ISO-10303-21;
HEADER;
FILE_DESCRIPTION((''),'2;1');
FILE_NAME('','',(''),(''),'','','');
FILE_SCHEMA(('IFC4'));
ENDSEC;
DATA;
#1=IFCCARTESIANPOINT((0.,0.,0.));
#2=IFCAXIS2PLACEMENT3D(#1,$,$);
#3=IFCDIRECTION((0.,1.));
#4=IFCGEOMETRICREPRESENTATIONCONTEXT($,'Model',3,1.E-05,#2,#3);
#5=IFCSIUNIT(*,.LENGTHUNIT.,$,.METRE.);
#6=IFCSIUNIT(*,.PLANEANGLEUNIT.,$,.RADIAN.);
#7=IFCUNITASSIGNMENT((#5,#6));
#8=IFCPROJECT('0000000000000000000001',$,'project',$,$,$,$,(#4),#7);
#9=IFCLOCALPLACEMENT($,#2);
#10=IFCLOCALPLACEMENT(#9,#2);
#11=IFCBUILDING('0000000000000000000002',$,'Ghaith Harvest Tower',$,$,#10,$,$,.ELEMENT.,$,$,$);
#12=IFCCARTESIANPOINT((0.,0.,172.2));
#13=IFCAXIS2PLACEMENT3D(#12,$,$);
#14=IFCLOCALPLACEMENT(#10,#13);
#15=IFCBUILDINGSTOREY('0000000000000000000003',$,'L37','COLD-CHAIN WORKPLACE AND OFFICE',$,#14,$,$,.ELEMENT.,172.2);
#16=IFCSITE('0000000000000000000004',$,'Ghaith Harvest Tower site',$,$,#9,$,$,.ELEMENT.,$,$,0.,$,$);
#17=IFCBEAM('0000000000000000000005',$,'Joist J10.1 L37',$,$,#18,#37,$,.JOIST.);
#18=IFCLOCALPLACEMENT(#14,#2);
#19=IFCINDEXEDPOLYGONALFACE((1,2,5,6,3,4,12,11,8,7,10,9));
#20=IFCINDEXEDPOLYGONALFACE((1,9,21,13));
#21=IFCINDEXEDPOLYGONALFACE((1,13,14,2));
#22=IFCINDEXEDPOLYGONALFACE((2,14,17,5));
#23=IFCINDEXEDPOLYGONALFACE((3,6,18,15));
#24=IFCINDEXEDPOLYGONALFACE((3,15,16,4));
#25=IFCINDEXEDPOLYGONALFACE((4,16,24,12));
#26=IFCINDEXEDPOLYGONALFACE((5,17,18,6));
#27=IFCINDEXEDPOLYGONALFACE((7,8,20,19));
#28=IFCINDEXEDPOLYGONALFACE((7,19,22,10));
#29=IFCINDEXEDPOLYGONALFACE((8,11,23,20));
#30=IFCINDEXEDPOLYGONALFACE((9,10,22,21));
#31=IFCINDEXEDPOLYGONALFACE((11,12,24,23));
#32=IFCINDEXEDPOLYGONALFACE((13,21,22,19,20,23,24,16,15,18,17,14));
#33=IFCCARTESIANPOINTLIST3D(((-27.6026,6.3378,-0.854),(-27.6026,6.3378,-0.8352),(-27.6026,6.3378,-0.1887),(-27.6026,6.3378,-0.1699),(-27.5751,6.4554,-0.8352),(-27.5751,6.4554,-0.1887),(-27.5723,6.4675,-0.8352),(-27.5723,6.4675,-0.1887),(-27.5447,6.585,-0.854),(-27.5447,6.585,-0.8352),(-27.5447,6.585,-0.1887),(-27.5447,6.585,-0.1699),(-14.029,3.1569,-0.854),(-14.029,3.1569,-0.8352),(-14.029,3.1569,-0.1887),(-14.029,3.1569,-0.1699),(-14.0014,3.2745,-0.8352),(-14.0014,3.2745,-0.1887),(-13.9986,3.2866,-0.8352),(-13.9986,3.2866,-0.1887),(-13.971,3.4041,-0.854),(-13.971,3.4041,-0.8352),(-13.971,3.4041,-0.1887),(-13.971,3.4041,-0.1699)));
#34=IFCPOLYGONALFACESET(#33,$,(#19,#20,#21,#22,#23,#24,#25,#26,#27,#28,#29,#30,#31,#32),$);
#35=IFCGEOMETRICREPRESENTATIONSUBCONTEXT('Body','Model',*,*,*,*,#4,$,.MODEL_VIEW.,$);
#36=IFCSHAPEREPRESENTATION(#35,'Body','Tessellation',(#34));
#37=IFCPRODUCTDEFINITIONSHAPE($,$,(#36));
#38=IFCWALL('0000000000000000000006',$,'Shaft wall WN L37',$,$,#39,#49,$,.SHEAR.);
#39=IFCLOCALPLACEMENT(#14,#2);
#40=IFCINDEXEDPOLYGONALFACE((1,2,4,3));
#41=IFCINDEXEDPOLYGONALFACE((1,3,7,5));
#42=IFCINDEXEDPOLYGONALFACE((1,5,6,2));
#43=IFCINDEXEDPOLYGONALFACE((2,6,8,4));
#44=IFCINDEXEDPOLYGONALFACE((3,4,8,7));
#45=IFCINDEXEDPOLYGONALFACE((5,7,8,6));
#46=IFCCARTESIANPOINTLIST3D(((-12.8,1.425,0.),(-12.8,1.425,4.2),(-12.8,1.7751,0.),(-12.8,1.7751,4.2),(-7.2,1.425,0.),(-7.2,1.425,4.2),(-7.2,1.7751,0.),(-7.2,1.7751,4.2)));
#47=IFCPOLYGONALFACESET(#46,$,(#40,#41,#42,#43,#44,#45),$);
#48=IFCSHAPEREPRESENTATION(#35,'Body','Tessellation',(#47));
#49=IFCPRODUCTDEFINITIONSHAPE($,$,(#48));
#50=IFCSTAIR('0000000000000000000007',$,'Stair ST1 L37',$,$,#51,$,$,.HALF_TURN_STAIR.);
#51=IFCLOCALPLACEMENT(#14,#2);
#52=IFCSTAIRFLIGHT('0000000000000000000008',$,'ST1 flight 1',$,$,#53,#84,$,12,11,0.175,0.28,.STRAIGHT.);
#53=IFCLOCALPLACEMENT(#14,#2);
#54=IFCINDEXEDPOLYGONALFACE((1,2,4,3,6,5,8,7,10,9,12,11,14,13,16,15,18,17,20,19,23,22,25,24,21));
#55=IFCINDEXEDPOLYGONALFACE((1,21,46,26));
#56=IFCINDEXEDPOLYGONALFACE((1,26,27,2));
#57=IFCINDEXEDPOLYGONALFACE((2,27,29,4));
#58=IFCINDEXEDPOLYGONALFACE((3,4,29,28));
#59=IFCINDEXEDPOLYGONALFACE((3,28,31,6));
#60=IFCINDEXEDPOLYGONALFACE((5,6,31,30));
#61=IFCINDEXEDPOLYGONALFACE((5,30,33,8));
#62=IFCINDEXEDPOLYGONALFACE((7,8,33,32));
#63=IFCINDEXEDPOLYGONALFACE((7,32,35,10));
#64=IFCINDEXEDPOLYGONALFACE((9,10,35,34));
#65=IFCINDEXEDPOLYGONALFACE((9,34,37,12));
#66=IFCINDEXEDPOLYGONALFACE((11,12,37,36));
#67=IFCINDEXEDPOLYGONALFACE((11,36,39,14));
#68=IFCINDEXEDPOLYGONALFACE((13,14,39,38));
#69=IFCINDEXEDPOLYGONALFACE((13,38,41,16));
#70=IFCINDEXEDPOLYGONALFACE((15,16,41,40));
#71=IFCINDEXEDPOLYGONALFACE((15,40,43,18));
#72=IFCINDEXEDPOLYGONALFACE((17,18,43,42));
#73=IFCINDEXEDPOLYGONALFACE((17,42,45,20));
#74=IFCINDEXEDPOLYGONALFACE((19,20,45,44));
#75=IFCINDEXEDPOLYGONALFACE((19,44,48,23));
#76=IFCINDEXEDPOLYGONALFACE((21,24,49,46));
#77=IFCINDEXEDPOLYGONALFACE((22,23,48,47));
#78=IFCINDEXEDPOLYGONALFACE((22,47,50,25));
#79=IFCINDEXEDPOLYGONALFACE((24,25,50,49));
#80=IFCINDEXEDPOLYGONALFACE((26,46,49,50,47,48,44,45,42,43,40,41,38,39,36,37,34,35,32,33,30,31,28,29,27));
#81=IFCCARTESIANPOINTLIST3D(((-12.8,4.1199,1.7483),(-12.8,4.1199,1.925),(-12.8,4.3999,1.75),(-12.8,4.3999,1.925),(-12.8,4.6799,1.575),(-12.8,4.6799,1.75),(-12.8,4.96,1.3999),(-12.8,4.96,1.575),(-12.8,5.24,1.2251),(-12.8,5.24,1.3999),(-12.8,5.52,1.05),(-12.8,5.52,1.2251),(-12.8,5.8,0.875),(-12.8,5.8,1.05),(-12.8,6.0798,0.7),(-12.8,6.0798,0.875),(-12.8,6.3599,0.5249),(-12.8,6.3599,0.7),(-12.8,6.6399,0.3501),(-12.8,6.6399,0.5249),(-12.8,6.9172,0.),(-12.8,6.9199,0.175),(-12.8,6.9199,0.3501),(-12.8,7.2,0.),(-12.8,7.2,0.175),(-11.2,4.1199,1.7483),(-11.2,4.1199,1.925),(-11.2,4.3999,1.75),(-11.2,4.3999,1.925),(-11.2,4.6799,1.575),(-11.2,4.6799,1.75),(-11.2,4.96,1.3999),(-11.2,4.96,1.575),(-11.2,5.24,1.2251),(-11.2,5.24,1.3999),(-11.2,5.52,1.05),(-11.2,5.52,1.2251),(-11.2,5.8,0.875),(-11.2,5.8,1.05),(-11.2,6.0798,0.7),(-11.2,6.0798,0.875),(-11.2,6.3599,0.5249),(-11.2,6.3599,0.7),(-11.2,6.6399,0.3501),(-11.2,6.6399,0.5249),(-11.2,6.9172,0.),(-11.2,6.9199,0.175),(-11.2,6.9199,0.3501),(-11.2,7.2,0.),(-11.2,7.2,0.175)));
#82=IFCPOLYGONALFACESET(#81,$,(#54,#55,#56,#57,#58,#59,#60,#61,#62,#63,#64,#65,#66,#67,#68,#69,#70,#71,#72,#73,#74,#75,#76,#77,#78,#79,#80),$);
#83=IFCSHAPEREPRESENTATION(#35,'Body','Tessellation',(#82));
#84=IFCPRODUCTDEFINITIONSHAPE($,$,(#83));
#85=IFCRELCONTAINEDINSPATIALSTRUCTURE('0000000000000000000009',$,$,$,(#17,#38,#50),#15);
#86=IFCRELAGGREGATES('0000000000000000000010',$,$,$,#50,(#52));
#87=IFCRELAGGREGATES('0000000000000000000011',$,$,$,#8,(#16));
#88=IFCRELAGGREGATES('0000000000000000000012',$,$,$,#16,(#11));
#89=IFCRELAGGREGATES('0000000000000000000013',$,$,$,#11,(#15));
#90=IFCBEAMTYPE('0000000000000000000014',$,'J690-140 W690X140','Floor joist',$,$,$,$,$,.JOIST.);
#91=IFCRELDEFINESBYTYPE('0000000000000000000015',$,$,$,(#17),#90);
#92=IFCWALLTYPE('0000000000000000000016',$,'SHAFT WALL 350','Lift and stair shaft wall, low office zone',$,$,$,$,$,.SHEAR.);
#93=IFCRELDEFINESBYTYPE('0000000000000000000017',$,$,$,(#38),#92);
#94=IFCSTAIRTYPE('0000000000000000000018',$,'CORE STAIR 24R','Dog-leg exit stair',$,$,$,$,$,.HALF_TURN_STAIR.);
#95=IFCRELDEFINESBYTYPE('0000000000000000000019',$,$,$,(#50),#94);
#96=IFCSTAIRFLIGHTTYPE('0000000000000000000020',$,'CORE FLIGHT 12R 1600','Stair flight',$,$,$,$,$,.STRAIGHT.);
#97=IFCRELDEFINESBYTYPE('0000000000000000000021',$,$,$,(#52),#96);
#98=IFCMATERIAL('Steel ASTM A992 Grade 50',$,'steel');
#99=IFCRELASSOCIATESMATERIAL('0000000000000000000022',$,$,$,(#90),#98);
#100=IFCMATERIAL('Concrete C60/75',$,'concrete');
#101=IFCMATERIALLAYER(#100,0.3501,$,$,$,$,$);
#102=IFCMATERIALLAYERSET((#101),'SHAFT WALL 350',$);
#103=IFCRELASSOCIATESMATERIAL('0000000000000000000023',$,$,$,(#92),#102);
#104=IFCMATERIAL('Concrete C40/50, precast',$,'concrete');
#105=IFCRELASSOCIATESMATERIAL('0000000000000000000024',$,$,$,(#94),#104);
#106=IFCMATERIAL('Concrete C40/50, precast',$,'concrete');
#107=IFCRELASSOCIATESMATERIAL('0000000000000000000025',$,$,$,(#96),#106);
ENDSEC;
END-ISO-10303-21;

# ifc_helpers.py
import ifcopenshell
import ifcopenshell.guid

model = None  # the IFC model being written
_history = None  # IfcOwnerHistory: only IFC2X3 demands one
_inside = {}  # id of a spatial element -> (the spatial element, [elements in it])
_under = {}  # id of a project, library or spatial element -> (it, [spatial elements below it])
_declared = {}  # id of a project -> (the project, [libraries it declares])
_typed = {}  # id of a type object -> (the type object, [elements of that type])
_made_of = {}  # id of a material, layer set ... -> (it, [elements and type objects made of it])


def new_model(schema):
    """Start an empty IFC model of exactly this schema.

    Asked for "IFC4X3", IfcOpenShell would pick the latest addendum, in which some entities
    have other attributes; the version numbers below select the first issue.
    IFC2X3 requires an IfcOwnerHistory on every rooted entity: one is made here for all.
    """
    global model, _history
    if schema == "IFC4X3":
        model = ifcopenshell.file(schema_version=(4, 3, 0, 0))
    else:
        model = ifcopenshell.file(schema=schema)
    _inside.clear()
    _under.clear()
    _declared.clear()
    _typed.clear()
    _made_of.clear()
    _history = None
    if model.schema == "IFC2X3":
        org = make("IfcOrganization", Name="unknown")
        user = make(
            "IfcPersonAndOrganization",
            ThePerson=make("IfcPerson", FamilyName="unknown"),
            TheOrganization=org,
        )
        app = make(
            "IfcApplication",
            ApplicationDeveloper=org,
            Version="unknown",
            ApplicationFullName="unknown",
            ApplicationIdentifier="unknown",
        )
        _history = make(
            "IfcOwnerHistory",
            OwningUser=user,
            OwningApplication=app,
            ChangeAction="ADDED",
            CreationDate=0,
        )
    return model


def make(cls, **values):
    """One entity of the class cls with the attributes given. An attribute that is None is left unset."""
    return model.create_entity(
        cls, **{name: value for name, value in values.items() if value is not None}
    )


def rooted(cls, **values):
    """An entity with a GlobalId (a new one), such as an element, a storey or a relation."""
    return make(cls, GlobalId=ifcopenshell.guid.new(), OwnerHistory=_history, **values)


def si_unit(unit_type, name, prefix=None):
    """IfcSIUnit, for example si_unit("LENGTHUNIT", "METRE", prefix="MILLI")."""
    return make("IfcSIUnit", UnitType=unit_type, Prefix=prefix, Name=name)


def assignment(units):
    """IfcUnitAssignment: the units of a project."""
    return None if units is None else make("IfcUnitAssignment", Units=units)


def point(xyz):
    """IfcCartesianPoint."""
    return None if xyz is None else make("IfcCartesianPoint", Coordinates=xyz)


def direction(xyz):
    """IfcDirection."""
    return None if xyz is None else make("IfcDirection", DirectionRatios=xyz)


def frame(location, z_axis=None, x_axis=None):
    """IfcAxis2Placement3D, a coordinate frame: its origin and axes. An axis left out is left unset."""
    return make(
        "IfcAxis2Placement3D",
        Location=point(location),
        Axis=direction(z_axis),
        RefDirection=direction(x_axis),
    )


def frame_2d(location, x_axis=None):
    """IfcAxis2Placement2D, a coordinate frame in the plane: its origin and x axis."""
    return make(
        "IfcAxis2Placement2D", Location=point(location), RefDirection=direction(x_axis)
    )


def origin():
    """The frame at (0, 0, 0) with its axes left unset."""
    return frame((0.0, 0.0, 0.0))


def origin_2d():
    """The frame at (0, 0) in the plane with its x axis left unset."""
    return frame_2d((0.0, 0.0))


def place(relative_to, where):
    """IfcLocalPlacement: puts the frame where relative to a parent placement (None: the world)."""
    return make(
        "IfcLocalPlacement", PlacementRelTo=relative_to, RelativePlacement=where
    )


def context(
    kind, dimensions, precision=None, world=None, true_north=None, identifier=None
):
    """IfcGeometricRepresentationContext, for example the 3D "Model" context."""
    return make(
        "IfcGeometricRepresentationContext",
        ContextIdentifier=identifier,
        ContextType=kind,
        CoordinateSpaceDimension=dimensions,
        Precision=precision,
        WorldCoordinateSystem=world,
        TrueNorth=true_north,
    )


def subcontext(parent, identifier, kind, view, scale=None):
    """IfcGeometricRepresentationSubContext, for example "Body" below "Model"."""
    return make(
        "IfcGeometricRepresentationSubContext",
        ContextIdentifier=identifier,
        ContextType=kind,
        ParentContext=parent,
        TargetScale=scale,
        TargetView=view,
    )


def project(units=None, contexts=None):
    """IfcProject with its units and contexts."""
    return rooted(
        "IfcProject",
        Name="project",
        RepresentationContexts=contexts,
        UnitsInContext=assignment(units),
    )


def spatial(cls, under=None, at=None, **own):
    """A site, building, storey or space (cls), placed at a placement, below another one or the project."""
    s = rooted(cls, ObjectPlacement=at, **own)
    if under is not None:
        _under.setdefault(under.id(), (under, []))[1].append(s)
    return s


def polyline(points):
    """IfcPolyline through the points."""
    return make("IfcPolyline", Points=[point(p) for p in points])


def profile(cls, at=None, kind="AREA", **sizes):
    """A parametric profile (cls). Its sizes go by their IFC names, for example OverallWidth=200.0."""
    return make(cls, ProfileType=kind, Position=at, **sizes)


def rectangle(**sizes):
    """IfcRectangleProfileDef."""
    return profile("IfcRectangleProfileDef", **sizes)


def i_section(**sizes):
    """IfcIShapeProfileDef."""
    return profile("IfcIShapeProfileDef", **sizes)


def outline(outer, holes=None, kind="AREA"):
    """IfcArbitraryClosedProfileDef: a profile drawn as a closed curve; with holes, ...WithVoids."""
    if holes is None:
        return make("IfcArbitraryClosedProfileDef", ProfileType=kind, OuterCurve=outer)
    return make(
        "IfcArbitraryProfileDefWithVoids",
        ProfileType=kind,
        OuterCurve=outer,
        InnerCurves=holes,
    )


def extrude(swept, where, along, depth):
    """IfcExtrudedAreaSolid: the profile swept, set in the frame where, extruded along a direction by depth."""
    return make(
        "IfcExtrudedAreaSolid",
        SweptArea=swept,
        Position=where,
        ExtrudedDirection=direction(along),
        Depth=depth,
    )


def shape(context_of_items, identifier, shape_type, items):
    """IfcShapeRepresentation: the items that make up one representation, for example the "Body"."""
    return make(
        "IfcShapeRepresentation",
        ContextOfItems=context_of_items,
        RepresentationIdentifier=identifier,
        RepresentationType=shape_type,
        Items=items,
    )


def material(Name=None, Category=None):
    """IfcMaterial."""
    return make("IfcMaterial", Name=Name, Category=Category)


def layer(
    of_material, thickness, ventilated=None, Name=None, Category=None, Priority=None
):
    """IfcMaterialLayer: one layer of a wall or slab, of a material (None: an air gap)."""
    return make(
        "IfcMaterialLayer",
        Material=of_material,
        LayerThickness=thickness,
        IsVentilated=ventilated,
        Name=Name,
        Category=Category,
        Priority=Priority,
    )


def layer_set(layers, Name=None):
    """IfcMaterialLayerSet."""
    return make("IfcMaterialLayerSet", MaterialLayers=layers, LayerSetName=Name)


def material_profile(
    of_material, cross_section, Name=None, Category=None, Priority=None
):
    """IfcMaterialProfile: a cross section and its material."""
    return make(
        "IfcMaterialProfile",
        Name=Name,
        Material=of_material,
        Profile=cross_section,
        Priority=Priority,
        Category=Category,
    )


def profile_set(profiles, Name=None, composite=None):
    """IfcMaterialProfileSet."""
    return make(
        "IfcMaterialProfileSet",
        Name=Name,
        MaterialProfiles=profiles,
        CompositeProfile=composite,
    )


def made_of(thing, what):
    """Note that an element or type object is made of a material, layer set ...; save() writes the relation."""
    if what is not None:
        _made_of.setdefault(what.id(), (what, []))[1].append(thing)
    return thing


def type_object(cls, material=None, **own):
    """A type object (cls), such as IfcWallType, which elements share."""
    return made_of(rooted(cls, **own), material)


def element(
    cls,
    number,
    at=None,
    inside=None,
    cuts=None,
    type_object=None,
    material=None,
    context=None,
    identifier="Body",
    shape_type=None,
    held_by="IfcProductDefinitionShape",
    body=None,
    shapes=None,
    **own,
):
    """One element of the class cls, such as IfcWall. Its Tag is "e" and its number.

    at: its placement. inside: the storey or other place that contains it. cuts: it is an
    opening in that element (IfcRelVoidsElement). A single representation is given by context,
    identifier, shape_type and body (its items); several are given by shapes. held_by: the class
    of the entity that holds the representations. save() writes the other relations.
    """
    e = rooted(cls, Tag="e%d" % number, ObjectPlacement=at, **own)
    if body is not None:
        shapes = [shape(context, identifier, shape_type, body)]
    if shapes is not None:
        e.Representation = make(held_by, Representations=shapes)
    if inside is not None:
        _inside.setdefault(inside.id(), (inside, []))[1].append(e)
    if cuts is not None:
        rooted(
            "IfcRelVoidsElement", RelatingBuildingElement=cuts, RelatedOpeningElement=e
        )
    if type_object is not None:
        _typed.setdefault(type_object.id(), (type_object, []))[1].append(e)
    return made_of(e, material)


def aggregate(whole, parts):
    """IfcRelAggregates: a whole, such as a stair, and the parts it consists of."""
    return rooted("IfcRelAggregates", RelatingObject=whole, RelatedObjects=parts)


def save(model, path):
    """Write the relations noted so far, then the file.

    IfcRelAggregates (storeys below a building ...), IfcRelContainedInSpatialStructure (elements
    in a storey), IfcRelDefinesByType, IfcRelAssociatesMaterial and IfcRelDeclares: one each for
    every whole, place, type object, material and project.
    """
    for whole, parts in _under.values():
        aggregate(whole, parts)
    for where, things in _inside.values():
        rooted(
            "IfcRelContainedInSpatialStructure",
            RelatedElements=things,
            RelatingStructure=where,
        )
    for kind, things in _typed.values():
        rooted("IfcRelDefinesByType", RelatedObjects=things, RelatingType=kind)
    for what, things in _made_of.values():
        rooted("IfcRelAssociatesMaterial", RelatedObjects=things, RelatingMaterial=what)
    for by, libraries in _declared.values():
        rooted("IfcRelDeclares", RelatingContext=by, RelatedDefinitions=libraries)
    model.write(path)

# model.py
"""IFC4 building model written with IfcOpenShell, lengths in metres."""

from ifc_helpers import new_model, si_unit, direction, frame, frame_2d, origin, origin_2d, place, context, subcontext, project, spatial, polyline, rectangle, i_section, outline, extrude, material, layer, layer_set, material_profile, profile_set, type_object, element, aggregate, save


model = new_model("IFC4")

# Units and contexts
model_context = context("Model", 3, precision=1e-05, world=origin(), true_north=direction((0.0, 1.0)))
body_context = subcontext(model_context, "Body", "Model", "MODEL_VIEW")
ifc_project = project(units=[si_unit("LENGTHUNIT", "METRE"), si_unit("PLANEANGLEUNIT", "RADIAN")], contexts=[model_context])

# Site, building, storey
site_placement = place(None, origin())
site = spatial("IfcSite", under=ifc_project, at=site_placement, Name="Ghaith Harvest Tower site", CompositionType="ELEMENT", RefElevation=0.0)
building_placement = place(site_placement, origin())
building = spatial("IfcBuilding", under=site, at=building_placement, Name="Ghaith Harvest Tower", CompositionType="ELEMENT")
storey_placement = place(building_placement, frame((0.0, 0.0, 172.2)))
storey = spatial("IfcBuildingStorey", under=building, at=storey_placement, Name="L37", Description="COLD-CHAIN WORKPLACE AND OFFICE", CompositionType="ELEMENT", Elevation=172.2)

# Beam
ifc_material_1 = material(Name="Steel ASTM A992 Grade 50", Category="steel")
ifc_material_profile_1 = material_profile(ifc_material_1, i_section(OverallWidth=0.2539, OverallDepth=0.6841, WebThickness=0.0125, FlangeThickness=0.0188, at=origin_2d()), Name="W690X140")
ifc_profile_set_1 = profile_set([ifc_material_profile_1], Name="Steel ASTM A992 Grade 50")
beam_type_1 = type_object("IfcBeamType", Name="J690-140 W690X140", Description="Floor joist", PredefinedType="JOIST", material=ifc_profile_set_1)
beam_1_placement = place(storey_placement, frame((-14.0, 3.2805, -0.512), z_axis=(-0.973623, 0.228162, 0.0), x_axis=(-0.228162, -0.973623, 0.0)))
element("IfcBeam", 1, at=beam_1_placement, inside=storey, type_object=beam_type_1, Name="Joist J10.1 L37", PredefinedType="JOIST", context=body_context, shape_type="SweptSolid", body=[
    extrude(i_section(OverallWidth=0.2539, OverallDepth=0.6841, WebThickness=0.0125, FlangeThickness=0.0188, at=origin_2d()), origin(), (0.0, 0.0, 1.0), 13.9414),
])

# Wall
ifc_material_2 = material(Name="Concrete C60/75", Category="concrete")
ifc_layer_1 = layer(ifc_material_2, 0.3501)
ifc_layer_set_1 = layer_set([ifc_layer_1], Name="SHAFT WALL 350")
wall_type_1 = type_object("IfcWallType", Name="SHAFT WALL 350", Description="Lift and stair shaft wall, low office zone", PredefinedType="SHEAR", material=ifc_layer_set_1)
wall_1_placement = place(storey_placement, frame((-12.8, 1.6001, 0.0), z_axis=(0.0, 0.0, 1.0), x_axis=(1.0, 0.0, 0.0)))
element("IfcWall", 2, at=wall_1_placement, inside=storey, type_object=wall_type_1, Name="Shaft wall WN L37", PredefinedType="SHEAR", context=body_context, shape_type="SweptSolid", body=[
    extrude(rectangle(XDim=5.6001, YDim=0.3501, at=frame_2d((2.8, 0.0))), origin(), (0.0, 0.0, 1.0), 4.2),
])

# Stair, stair flight
ifc_material_3 = material(Name="Concrete C40/50, precast", Category="concrete")
stair_type = type_object("IfcStairType", Name="CORE STAIR 24R", Description="Dog-leg exit stair", PredefinedType="HALF_TURN_STAIR", material=ifc_material_3)
stair_placement = place(storey_placement, origin())
stair = element("IfcStair", 3, at=stair_placement, inside=storey, type_object=stair_type, Name="Stair ST1 L37", PredefinedType="HALF_TURN_STAIR")
ifc_material_4 = material(Name="Concrete C40/50, precast", Category="concrete")
stair_flight_type = type_object("IfcStairFlightType", Name="CORE FLIGHT 12R 1600", Description="Stair flight", PredefinedType="STRAIGHT", material=ifc_material_4)
stair_flight_placement = place(storey_placement, frame((-12.0, 7.2, 0.0), z_axis=(0.0, 0.0, 1.0), x_axis=(0.0, -1.0, 0.0)))
stair_flight = element("IfcStairFlight", 4, at=stair_flight_placement, type_object=stair_flight_type, Name="ST1 flight 1", NumberOfRisers=12, NumberOfTreads=11, PredefinedType="STRAIGHT", RiserHeight=0.175, TreadLength=0.28, context=body_context, shape_type="SweptSolid", body=[
    extrude(outline(polyline([(0.0, 0.0), (0.0, 0.175), (0.28, 0.175), (0.28, 0.3501), (0.5601, 0.3501), (0.5601, 0.5249), (0.8401, 0.5249), (0.8401, 0.7), (1.1201, 0.7), (1.1201, 0.875), (1.3999, 0.875), (1.3999, 1.05), (1.6799, 1.05), (1.6799, 1.2251), (1.96, 1.2251), (1.96, 1.3999), (2.24, 1.3999), (2.24, 1.575), (2.52, 1.575), (2.52, 1.75), (2.8, 1.75), (2.8, 1.925), (3.0801, 1.925), (3.0801, 2.1001), (3.0801, 1.7483), (0.2827, 0.0), (0.0, 0.0)])), frame((0.0, 0.8, 0.0), z_axis=(0.0, -1.0, 0.0), x_axis=(1.0, 0.0, 0.0)), (0.0, 0.0, 1.0), 1.6001),
])
aggregate(stair, [stair_flight])

save(model, "model.ifc")
